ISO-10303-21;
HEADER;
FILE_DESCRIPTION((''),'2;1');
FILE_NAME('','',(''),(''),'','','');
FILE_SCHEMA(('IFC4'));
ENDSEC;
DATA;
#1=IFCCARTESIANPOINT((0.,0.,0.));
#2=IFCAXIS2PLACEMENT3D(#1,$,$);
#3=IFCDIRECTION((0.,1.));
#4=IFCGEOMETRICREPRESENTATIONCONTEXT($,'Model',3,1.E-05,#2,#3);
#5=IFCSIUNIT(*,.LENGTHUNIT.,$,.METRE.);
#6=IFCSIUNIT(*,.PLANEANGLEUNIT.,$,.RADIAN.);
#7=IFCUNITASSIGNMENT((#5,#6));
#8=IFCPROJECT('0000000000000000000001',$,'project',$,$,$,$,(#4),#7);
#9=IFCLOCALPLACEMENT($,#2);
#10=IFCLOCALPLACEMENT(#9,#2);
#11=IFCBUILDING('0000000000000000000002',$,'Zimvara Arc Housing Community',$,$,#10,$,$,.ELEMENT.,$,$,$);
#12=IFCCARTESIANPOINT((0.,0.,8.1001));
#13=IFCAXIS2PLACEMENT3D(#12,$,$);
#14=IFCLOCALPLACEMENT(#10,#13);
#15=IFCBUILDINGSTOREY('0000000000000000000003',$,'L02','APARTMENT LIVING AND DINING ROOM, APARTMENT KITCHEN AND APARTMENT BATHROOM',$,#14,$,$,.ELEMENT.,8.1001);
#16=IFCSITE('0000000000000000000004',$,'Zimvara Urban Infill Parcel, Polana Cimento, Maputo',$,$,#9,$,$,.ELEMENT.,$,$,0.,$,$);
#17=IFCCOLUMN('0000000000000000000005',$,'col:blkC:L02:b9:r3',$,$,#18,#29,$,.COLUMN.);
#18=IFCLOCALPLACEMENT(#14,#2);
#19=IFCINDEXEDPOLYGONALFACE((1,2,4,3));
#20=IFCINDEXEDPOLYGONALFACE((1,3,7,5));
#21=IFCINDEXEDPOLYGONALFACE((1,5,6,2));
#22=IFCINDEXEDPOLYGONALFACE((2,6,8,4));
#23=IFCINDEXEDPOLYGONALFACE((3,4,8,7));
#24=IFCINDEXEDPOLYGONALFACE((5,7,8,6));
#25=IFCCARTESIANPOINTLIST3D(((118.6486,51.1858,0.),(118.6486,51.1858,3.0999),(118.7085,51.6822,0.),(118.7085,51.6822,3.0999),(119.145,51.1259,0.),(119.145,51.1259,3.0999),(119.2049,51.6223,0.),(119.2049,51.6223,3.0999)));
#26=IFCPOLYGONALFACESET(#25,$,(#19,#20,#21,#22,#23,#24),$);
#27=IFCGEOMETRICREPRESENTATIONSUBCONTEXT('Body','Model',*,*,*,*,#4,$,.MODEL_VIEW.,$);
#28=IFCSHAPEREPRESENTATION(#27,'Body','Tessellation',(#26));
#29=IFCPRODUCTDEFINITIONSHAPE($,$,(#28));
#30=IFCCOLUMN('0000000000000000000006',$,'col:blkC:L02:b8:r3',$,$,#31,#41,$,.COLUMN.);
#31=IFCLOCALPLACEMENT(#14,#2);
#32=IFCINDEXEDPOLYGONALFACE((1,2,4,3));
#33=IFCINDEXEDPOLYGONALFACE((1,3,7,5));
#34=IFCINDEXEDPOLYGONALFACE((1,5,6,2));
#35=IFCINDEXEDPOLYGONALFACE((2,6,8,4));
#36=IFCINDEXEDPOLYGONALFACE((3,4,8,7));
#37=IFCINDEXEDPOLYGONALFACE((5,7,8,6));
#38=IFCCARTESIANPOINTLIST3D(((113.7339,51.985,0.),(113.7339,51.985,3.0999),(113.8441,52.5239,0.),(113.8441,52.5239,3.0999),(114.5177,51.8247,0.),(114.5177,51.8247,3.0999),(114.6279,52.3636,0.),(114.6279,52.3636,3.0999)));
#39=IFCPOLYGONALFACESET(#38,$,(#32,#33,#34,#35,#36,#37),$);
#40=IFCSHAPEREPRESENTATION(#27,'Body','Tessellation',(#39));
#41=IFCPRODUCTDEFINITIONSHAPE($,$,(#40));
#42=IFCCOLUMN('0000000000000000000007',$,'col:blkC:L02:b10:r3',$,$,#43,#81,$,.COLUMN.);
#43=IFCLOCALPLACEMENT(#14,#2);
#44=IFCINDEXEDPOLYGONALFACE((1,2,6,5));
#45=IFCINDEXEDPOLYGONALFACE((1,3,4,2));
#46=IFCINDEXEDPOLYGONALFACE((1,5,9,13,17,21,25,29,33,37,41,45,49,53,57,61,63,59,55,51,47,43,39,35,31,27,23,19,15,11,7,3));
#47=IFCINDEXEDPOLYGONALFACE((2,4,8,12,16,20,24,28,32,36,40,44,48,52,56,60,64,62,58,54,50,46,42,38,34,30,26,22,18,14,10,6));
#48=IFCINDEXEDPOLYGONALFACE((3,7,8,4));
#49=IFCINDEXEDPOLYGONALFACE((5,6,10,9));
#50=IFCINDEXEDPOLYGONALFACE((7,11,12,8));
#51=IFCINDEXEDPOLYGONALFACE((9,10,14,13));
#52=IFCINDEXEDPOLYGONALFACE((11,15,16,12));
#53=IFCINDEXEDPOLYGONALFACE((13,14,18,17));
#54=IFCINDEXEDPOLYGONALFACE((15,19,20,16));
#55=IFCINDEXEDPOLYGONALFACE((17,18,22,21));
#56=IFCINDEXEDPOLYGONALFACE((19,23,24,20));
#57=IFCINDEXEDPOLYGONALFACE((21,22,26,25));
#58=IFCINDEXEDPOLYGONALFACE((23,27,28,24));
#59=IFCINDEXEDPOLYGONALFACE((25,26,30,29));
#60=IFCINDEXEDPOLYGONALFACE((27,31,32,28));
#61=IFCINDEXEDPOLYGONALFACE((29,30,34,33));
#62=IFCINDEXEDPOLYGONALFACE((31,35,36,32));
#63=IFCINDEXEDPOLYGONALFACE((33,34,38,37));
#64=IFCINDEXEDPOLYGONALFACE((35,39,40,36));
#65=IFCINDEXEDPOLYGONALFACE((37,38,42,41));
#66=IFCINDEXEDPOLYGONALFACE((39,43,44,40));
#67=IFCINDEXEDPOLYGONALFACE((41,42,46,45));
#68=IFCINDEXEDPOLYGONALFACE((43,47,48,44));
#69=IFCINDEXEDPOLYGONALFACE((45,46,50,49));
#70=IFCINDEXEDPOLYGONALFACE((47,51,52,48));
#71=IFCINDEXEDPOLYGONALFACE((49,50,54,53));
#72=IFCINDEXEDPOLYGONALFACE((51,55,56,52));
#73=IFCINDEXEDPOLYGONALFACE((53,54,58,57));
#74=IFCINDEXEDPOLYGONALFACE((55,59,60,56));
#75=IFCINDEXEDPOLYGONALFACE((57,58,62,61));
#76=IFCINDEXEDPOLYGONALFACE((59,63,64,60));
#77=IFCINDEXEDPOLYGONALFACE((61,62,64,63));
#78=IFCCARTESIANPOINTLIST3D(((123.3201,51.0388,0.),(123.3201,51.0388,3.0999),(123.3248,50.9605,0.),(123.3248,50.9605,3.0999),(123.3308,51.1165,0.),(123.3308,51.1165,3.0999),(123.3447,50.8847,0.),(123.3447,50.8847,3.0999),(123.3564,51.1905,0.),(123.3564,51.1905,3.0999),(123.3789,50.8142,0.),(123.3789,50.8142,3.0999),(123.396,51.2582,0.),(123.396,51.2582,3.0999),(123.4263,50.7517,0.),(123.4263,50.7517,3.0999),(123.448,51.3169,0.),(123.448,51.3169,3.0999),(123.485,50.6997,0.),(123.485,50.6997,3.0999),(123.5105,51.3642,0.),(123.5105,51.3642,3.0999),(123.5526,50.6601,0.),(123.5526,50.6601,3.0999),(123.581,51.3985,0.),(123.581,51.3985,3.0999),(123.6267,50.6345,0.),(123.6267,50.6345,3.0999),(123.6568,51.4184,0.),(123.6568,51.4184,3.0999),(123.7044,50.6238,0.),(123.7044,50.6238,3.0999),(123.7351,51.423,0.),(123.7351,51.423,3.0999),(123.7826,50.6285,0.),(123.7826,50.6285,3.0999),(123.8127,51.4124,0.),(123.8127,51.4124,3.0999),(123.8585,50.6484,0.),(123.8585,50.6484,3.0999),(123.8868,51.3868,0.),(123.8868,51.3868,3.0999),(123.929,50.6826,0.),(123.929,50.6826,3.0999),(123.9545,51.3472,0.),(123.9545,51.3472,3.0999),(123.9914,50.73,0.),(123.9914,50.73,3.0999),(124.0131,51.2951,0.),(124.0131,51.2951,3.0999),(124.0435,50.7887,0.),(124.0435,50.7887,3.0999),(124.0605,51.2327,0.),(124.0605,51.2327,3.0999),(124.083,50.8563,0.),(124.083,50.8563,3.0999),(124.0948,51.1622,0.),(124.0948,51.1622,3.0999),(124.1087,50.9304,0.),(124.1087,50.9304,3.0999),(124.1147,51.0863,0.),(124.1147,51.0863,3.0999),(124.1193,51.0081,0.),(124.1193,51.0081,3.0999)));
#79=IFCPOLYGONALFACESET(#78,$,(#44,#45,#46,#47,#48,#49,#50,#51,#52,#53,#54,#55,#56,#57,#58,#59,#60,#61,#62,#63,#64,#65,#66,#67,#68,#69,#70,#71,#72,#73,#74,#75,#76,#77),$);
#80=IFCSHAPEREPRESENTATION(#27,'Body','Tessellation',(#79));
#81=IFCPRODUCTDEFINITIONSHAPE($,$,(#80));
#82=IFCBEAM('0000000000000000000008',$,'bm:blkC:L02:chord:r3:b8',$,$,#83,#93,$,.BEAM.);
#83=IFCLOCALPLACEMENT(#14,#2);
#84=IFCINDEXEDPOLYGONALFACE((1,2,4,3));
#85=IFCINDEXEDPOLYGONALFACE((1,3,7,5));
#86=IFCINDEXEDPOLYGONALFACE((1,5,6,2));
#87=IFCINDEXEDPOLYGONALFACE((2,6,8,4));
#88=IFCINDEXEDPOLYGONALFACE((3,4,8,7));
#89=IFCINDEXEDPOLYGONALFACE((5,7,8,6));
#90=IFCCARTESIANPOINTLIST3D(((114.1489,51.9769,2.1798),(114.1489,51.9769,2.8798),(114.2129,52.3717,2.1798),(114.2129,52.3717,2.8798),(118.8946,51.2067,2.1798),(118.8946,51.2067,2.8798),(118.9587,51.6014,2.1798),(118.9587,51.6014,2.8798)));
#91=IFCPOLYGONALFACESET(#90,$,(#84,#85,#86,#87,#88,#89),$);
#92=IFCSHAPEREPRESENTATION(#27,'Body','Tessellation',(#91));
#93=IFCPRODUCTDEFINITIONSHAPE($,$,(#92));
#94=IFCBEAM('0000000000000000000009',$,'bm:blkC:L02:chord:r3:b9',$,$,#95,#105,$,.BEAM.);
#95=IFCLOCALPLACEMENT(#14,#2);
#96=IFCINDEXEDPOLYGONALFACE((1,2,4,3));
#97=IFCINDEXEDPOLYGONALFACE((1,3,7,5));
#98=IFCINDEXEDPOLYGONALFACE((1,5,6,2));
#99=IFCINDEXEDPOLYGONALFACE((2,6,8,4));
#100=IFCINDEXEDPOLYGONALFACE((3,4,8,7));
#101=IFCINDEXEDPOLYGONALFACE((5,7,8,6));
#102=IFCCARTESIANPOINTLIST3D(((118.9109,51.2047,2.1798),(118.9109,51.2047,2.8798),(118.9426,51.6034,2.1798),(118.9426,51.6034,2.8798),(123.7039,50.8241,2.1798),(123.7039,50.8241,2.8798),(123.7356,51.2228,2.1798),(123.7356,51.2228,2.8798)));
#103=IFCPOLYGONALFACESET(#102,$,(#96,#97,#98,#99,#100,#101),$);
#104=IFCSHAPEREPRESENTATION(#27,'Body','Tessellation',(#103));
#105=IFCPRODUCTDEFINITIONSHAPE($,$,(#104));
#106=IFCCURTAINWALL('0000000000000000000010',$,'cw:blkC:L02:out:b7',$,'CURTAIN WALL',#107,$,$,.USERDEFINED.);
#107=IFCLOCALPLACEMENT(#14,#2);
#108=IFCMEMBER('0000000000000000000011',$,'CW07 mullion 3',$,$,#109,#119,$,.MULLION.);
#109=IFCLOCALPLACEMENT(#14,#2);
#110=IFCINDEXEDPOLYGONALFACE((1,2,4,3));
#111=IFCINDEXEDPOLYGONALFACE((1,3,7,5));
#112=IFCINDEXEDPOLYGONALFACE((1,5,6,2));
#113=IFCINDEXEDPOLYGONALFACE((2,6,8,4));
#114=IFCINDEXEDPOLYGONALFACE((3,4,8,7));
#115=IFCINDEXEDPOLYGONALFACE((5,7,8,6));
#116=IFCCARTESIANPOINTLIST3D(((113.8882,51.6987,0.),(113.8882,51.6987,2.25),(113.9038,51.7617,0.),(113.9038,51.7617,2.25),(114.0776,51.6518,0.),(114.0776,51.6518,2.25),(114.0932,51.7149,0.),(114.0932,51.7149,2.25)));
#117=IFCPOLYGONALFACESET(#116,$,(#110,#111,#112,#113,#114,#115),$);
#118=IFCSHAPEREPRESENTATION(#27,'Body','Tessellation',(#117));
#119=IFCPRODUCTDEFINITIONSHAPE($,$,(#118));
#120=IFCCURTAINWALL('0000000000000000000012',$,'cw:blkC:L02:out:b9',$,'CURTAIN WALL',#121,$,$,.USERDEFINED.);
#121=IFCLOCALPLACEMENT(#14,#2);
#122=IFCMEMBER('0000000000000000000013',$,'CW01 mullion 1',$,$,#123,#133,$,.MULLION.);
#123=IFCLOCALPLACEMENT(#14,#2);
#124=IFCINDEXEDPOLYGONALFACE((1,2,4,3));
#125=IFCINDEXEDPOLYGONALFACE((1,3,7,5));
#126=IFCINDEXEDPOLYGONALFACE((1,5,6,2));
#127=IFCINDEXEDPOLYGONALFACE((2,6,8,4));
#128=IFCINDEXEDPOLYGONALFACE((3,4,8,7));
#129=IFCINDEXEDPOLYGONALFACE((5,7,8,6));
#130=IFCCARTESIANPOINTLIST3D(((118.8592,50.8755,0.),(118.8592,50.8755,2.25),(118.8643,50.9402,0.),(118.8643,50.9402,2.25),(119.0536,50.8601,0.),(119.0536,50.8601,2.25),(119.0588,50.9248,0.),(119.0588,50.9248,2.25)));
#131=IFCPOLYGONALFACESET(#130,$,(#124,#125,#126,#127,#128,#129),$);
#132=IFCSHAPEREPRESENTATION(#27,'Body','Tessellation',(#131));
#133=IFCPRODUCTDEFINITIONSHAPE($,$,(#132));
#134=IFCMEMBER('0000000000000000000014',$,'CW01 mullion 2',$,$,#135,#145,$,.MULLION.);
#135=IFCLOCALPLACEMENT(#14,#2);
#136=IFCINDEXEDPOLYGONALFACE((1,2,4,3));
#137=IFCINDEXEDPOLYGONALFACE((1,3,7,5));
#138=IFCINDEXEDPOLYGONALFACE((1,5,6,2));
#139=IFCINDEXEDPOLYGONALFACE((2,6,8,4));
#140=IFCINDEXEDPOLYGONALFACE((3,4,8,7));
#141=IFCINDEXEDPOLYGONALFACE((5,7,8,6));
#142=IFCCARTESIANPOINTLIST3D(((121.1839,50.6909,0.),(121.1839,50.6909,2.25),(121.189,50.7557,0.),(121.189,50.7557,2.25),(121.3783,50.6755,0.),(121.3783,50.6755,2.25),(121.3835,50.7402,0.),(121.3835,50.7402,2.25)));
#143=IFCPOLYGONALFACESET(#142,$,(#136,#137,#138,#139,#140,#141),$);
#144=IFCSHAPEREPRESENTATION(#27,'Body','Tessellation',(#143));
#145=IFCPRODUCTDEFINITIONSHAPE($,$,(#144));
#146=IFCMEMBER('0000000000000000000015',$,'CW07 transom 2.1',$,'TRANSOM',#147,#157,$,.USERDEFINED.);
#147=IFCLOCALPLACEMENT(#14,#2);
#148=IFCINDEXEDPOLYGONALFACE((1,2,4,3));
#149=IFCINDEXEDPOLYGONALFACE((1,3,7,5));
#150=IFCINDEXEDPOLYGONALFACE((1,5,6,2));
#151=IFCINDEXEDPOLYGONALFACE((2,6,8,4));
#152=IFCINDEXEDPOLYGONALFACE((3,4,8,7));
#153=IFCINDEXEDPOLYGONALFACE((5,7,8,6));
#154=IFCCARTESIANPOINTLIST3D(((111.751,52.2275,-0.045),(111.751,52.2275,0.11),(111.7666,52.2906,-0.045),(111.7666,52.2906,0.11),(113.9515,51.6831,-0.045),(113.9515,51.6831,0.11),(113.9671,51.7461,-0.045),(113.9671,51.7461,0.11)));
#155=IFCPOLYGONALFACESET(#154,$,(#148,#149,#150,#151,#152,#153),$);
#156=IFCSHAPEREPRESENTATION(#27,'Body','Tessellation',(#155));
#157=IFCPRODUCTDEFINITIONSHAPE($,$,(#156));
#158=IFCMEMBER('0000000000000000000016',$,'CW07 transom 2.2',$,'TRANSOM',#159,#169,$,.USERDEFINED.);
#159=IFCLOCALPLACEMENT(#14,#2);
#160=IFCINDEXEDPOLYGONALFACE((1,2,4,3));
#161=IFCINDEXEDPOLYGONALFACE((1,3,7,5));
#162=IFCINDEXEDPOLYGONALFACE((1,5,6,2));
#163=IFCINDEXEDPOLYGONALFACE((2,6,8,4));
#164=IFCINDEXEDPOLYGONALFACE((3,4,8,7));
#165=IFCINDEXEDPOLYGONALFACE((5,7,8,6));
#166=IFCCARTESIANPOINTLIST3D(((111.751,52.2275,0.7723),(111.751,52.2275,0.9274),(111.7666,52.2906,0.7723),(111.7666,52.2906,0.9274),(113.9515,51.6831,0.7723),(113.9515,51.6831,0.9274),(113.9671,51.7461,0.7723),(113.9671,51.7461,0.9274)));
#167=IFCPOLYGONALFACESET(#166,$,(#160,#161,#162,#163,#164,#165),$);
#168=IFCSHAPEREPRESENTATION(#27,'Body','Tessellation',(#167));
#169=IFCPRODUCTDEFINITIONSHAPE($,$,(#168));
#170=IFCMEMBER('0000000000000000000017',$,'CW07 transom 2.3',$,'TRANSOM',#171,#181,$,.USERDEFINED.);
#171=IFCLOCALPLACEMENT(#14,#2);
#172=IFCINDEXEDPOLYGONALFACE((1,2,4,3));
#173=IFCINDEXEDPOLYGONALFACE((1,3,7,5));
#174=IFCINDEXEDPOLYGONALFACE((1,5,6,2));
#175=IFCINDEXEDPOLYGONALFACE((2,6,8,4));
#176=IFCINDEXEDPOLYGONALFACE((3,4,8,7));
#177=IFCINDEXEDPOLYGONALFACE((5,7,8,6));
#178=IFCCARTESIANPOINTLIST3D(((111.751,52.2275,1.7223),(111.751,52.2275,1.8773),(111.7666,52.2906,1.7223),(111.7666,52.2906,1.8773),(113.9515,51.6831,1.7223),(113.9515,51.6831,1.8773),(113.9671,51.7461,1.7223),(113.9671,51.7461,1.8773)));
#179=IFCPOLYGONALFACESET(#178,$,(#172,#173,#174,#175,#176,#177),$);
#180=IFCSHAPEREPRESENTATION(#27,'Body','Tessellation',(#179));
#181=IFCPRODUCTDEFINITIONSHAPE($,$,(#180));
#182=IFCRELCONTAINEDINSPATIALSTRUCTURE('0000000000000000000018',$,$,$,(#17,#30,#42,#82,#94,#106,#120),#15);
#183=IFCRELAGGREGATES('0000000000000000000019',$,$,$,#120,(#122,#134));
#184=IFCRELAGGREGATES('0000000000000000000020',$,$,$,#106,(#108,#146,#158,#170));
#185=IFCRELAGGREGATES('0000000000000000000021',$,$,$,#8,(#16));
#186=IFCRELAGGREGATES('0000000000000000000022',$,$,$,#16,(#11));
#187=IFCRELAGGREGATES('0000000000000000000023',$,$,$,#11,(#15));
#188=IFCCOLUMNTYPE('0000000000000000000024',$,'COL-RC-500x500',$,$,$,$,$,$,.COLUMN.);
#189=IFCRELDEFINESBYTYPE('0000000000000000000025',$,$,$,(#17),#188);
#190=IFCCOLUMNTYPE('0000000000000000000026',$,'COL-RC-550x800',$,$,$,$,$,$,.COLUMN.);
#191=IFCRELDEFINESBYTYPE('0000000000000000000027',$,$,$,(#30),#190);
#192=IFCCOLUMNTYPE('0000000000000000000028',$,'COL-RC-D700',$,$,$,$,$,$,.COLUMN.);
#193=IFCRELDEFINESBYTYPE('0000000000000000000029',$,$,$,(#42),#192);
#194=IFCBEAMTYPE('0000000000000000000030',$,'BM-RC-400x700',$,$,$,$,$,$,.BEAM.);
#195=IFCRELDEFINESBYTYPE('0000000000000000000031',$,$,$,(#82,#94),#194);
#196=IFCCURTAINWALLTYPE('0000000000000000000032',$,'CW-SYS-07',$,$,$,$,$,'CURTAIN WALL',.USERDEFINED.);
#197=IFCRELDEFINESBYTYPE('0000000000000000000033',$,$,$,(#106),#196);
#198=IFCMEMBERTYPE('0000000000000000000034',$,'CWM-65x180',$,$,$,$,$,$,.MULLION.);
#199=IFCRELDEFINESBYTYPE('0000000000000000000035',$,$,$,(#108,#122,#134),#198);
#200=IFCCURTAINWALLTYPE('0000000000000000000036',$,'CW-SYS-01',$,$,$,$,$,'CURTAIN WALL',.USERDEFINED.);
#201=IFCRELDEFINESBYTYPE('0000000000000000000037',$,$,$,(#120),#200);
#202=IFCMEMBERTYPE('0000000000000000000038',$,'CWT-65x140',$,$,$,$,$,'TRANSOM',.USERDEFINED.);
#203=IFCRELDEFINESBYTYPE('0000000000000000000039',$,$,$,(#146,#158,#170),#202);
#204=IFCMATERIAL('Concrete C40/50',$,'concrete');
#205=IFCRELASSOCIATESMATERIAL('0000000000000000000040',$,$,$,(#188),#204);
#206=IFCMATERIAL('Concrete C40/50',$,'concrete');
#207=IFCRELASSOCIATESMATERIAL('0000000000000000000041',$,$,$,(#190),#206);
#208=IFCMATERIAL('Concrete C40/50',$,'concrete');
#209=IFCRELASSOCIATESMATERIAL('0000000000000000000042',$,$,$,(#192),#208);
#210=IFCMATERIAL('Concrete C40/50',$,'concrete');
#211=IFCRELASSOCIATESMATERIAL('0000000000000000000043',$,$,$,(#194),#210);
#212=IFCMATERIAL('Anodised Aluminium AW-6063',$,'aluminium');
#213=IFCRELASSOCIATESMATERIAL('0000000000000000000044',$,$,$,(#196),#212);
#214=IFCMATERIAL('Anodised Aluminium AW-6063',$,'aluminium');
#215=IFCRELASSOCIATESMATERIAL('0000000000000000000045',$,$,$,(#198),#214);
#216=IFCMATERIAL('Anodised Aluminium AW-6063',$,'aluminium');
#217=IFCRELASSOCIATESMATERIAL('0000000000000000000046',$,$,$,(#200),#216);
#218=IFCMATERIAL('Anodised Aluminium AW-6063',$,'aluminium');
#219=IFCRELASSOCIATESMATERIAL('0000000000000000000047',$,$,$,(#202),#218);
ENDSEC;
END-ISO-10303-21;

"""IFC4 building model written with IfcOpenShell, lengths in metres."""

from ifc_helpers import new_model, si_unit, direction, frame, origin, origin_2d, place, context, subcontext, project, spatial, rectangle, circle, extrude, material, material_profile, profile_set, type_object, element, aggregate, save


model = new_model("IFC4")

# Units and contexts
model_context = context("Model", 3, precision=1e-05, world=origin(), true_north=direction((0.0, 1.0)))
body_context = subcontext(model_context, "Body", "Model", "MODEL_VIEW")
ifc_project = project(units=[si_unit("LENGTHUNIT", "METRE"), si_unit("PLANEANGLEUNIT", "RADIAN")], contexts=[model_context])

# Site, building, storey
site_placement = place(None, origin())
site = spatial("IfcSite", under=ifc_project, at=site_placement, Name="Zimvara Urban Infill Parcel, Polana Cimento, Maputo", CompositionType="ELEMENT", RefElevation=0.0)
building_placement = place(site_placement, origin())
building = spatial("IfcBuilding", under=site, at=building_placement, Name="Zimvara Arc Housing Community", CompositionType="ELEMENT")
storey_placement = place(building_placement, frame((0.0, 0.0, 8.1001)))
storey = spatial("IfcBuildingStorey", under=building, at=storey_placement, Name="L02", Description="APARTMENT LIVING AND DINING ROOM, APARTMENT KITCHEN AND APARTMENT BATHROOM", CompositionType="ELEMENT", Elevation=8.1001)

# Columns
ifc_material_1 = material(Name="Concrete C40/50", Category="concrete")
ifc_material_profile_1 = material_profile(ifc_material_1, rectangle(XDim=0.5, YDim=0.5, at=origin_2d()), Name="RC 500x500")
ifc_profile_set_1 = profile_set([ifc_material_profile_1], Name="Concrete C40/50")
column_type_1 = type_object("IfcColumnType", Name="COL-RC-500x500", PredefinedType="COLUMN", material=ifc_profile_set_1)
column_1_placement = place(storey_placement, frame((118.9268, 51.4041, 0.0), z_axis=(0.0, 0.0, 1.0), x_axis=(-0.11979, -0.992799, 0.0)))
element("IfcColumn", 1, at=column_1_placement, inside=storey, type_object=column_type_1, Name="col:blkC:L02:b9:r3", PredefinedType="COLUMN", context=body_context, shape_type="SweptSolid", body=[
    extrude(rectangle(XDim=0.5, YDim=0.5, at=origin_2d()), origin(), (0.0, 0.0, 1.0), 3.0999),
])
ifc_material_2 = material(Name="Concrete C40/50", Category="concrete")
ifc_material_profile_2 = material_profile(ifc_material_2, rectangle(XDim=0.55, YDim=0.8, at=origin_2d()), Name="RC 550x800")
ifc_profile_set_2 = profile_set([ifc_material_profile_2], Name="Concrete C40/50")
column_type_2 = type_object("IfcColumnType", Name="COL-RC-550x800", PredefinedType="COLUMN", material=ifc_profile_set_2)
column_2_placement = place(storey_placement, frame((114.1809, 52.1743, 0.0), z_axis=(0.0, 0.0, 1.0), x_axis=(-0.200394, -0.979715, 0.0)))
element("IfcColumn", 2, at=column_2_placement, inside=storey, type_object=column_type_2, Name="col:blkC:L02:b8:r3", PredefinedType="COLUMN", context=body_context, shape_type="SweptSolid", body=[
    extrude(rectangle(XDim=0.55, YDim=0.8, at=origin_2d()), origin(), (0.0, 0.0, 1.0), 3.0999),
])
ifc_material_3 = material(Name="Concrete C40/50", Category="concrete")
ifc_material_profile_3 = material_profile(ifc_material_3, circle(Radius=0.3999, at=origin_2d()), Name="RC D800")
ifc_profile_set_3 = profile_set([ifc_material_profile_3], Name="Concrete C40/50")
column_type_3 = type_object("IfcColumnType", Name="COL-RC-D700", PredefinedType="COLUMN", material=ifc_profile_set_3)
column_3_placement = place(storey_placement, frame((123.7197, 51.0234, 0.0), z_axis=(0.0, 0.0, 1.0), x_axis=(-0.038388, -0.999263, 0.0)))
element("IfcColumn", 3, at=column_3_placement, inside=storey, type_object=column_type_3, Name="col:blkC:L02:b10:r3", PredefinedType="COLUMN", context=body_context, shape_type="SweptSolid", body=[
    extrude(circle(Radius=0.3999, at=origin_2d()), origin(), (0.0, 0.0, 1.0), 3.0999),
])

# Beams
ifc_material_4 = material(Name="Concrete C40/50", Category="concrete")
ifc_material_profile_4 = material_profile(ifc_material_4, rectangle(XDim=0.3999, YDim=0.7, at=origin_2d()), Name="RC 400x700")
ifc_profile_set_4 = profile_set([ifc_material_profile_4], Name="Concrete C40/50")
beam_type = type_object("IfcBeamType", Name="BM-RC-400x700", PredefinedType="BEAM", material=ifc_profile_set_4)
beam_1_placement = place(storey_placement, frame((114.1809, 52.1743, 2.5298), z_axis=(0.987084, -0.160206, 0.0), x_axis=(0.160206, 0.987084, 0.0)))
element("IfcBeam", 4, at=beam_1_placement, inside=storey, type_object=beam_type, Name="bm:blkC:L02:chord:r3:b8", PredefinedType="BEAM", context=body_context, shape_type="SweptSolid", body=[
    extrude(rectangle(XDim=0.3999, YDim=0.7, at=origin_2d()), origin(), (0.0, 0.0, 1.0), 4.8079),
])
beam_2_placement = place(storey_placement, frame((118.9268, 51.4041, 2.5298), z_axis=(0.996862, -0.079162, 0.0), x_axis=(0.079162, 0.996862, 0.0)))
element("IfcBeam", 5, at=beam_2_placement, inside=storey, type_object=beam_type, Name="bm:blkC:L02:chord:r3:b9", PredefinedType="BEAM", context=body_context, shape_type="SweptSolid", body=[
    extrude(rectangle(XDim=0.3999, YDim=0.7, at=origin_2d()), origin(), (0.0, 0.0, 1.0), 4.8081),
])

# Curtain wall, member
ifc_material_5 = material(Name="Anodised Aluminium AW-6063", Category="aluminium")
curtain_wall_type_1 = type_object("IfcCurtainWallType", Name="CW-SYS-07", ElementType="CURTAIN WALL", PredefinedType="USERDEFINED", material=ifc_material_5)
curtain_wall_1_placement = place(storey_placement, origin())
curtain_wall_1 = element("IfcCurtainWall", 6, at=curtain_wall_1_placement, inside=storey, type_object=curtain_wall_type_1, Name="cw:blkC:L02:out:b7", ObjectType="CURTAIN WALL", PredefinedType="USERDEFINED")
ifc_material_6 = material(Name="Anodised Aluminium AW-6063", Category="aluminium")
ifc_material_profile_5 = material_profile(ifc_material_6, rectangle(XDim=0.0649, YDim=0.1951, at=origin_2d()), Name="ALU 65x195")
ifc_profile_set_5 = profile_set([ifc_material_profile_5], Name="Anodised Aluminium AW-6063")
member_type_1 = type_object("IfcMemberType", Name="CWM-65x180", PredefinedType="MULLION", material=ifc_profile_set_5)
member_1_placement = place(storey_placement, frame((113.9907, 51.7068, 0.0), z_axis=(0.0, 0.0, 1.0), x_axis=(0.24023, 0.970716, 0.0)))
member_1 = element("IfcMember", 7, at=member_1_placement, type_object=member_type_1, Name="CW07 mullion 3", PredefinedType="MULLION", context=body_context, shape_type="SweptSolid", body=[
    extrude(rectangle(XDim=0.0649, YDim=0.1951, at=origin_2d()), origin(), (0.0, 0.0, 1.0), 2.25),
])

# Curtain wall, members
ifc_material_7 = material(Name="Anodised Aluminium AW-6063", Category="aluminium")
curtain_wall_type_2 = type_object("IfcCurtainWallType", Name="CW-SYS-01", ElementType="CURTAIN WALL", PredefinedType="USERDEFINED", material=ifc_material_7)
curtain_wall_2_placement = place(storey_placement, origin())
curtain_wall_2 = element("IfcCurtainWall", 8, at=curtain_wall_2_placement, inside=storey, type_object=curtain_wall_type_2, Name="cw:blkC:L02:out:b9", ObjectType="CURTAIN WALL", PredefinedType="USERDEFINED")
member_2_placement = place(storey_placement, frame((118.959, 50.9001, 0.0), z_axis=(0.0, 0.0, 1.0), x_axis=(0.079154, 0.996862, 0.0)))
member_2 = element("IfcMember", 9, at=member_2_placement, type_object=member_type_1, Name="CW01 mullion 1", PredefinedType="MULLION", context=body_context, shape_type="SweptSolid", body=[
    extrude(rectangle(XDim=0.0649, YDim=0.1951, at=origin_2d()), origin(), (0.0, 0.0, 1.0), 2.25),
])
member_3_placement = place(storey_placement, frame((121.2837, 50.7156, 0.0), z_axis=(0.0, 0.0, 1.0), x_axis=(0.079154, 0.996862, 0.0)))
member_3 = element("IfcMember", 10, at=member_3_placement, type_object=member_type_1, Name="CW01 mullion 2", PredefinedType="MULLION", context=body_context, shape_type="SweptSolid", body=[
    extrude(rectangle(XDim=0.0649, YDim=0.1951, at=origin_2d()), origin(), (0.0, 0.0, 1.0), 2.25),
])

# Members
ifc_material_8 = material(Name="Anodised Aluminium AW-6063", Category="aluminium")
ifc_material_profile_6 = material_profile(ifc_material_8, rectangle(XDim=0.0649, YDim=0.155, at=origin_2d()), Name="ALU 65x155")
ifc_profile_set_6 = profile_set([ifc_material_profile_6], Name="Anodised Aluminium AW-6063")
member_type_2 = type_object("IfcMemberType", Name="CWT-65x140", ElementType="TRANSOM", PredefinedType="USERDEFINED", material=ifc_profile_set_6)
member_4_placement = place(storey_placement, frame((111.7588, 52.259, 0.0325), z_axis=(0.970729, -0.240178, 0.0), x_axis=(0.240178, 0.970729, 0.0)))
member_4 = element("IfcMember", 11, at=member_4_placement, type_object=member_type_2, Name="CW07 transom 2.1", ObjectType="TRANSOM", PredefinedType="USERDEFINED", context=body_context, shape_type="SweptSolid", body=[
    extrude(rectangle(XDim=0.0649, YDim=0.155, at=origin_2d()), origin(), (0.0, 0.0, 1.0), 2.2668),
])
member_5_placement = place(storey_placement, frame((111.7588, 52.259, 0.8499), z_axis=(0.970729, -0.240178, 0.0), x_axis=(0.240178, 0.970729, 0.0)))
member_5 = element("IfcMember", 12, at=member_5_placement, type_object=member_type_2, Name="CW07 transom 2.2", ObjectType="TRANSOM", PredefinedType="USERDEFINED", context=body_context, shape_type="SweptSolid", body=[
    extrude(rectangle(XDim=0.0649, YDim=0.155, at=origin_2d()), origin(), (0.0, 0.0, 1.0), 2.2668),
])
member_6_placement = place(storey_placement, frame((111.7588, 52.259, 1.7998), z_axis=(0.970729, -0.240178, 0.0), x_axis=(0.240178, 0.970729, 0.0)))
member_6 = element("IfcMember", 13, at=member_6_placement, type_object=member_type_2, Name="CW07 transom 2.3", ObjectType="TRANSOM", PredefinedType="USERDEFINED", context=body_context, shape_type="SweptSolid", body=[
    extrude(rectangle(XDim=0.0649, YDim=0.155, at=origin_2d()), origin(), (0.0, 0.0, 1.0), 2.2668),
])

aggregate(curtain_wall_2, [member_2, member_3])
aggregate(curtain_wall_1, [member_1, member_4, member_5, member_6])

save(model, "model.ifc")
